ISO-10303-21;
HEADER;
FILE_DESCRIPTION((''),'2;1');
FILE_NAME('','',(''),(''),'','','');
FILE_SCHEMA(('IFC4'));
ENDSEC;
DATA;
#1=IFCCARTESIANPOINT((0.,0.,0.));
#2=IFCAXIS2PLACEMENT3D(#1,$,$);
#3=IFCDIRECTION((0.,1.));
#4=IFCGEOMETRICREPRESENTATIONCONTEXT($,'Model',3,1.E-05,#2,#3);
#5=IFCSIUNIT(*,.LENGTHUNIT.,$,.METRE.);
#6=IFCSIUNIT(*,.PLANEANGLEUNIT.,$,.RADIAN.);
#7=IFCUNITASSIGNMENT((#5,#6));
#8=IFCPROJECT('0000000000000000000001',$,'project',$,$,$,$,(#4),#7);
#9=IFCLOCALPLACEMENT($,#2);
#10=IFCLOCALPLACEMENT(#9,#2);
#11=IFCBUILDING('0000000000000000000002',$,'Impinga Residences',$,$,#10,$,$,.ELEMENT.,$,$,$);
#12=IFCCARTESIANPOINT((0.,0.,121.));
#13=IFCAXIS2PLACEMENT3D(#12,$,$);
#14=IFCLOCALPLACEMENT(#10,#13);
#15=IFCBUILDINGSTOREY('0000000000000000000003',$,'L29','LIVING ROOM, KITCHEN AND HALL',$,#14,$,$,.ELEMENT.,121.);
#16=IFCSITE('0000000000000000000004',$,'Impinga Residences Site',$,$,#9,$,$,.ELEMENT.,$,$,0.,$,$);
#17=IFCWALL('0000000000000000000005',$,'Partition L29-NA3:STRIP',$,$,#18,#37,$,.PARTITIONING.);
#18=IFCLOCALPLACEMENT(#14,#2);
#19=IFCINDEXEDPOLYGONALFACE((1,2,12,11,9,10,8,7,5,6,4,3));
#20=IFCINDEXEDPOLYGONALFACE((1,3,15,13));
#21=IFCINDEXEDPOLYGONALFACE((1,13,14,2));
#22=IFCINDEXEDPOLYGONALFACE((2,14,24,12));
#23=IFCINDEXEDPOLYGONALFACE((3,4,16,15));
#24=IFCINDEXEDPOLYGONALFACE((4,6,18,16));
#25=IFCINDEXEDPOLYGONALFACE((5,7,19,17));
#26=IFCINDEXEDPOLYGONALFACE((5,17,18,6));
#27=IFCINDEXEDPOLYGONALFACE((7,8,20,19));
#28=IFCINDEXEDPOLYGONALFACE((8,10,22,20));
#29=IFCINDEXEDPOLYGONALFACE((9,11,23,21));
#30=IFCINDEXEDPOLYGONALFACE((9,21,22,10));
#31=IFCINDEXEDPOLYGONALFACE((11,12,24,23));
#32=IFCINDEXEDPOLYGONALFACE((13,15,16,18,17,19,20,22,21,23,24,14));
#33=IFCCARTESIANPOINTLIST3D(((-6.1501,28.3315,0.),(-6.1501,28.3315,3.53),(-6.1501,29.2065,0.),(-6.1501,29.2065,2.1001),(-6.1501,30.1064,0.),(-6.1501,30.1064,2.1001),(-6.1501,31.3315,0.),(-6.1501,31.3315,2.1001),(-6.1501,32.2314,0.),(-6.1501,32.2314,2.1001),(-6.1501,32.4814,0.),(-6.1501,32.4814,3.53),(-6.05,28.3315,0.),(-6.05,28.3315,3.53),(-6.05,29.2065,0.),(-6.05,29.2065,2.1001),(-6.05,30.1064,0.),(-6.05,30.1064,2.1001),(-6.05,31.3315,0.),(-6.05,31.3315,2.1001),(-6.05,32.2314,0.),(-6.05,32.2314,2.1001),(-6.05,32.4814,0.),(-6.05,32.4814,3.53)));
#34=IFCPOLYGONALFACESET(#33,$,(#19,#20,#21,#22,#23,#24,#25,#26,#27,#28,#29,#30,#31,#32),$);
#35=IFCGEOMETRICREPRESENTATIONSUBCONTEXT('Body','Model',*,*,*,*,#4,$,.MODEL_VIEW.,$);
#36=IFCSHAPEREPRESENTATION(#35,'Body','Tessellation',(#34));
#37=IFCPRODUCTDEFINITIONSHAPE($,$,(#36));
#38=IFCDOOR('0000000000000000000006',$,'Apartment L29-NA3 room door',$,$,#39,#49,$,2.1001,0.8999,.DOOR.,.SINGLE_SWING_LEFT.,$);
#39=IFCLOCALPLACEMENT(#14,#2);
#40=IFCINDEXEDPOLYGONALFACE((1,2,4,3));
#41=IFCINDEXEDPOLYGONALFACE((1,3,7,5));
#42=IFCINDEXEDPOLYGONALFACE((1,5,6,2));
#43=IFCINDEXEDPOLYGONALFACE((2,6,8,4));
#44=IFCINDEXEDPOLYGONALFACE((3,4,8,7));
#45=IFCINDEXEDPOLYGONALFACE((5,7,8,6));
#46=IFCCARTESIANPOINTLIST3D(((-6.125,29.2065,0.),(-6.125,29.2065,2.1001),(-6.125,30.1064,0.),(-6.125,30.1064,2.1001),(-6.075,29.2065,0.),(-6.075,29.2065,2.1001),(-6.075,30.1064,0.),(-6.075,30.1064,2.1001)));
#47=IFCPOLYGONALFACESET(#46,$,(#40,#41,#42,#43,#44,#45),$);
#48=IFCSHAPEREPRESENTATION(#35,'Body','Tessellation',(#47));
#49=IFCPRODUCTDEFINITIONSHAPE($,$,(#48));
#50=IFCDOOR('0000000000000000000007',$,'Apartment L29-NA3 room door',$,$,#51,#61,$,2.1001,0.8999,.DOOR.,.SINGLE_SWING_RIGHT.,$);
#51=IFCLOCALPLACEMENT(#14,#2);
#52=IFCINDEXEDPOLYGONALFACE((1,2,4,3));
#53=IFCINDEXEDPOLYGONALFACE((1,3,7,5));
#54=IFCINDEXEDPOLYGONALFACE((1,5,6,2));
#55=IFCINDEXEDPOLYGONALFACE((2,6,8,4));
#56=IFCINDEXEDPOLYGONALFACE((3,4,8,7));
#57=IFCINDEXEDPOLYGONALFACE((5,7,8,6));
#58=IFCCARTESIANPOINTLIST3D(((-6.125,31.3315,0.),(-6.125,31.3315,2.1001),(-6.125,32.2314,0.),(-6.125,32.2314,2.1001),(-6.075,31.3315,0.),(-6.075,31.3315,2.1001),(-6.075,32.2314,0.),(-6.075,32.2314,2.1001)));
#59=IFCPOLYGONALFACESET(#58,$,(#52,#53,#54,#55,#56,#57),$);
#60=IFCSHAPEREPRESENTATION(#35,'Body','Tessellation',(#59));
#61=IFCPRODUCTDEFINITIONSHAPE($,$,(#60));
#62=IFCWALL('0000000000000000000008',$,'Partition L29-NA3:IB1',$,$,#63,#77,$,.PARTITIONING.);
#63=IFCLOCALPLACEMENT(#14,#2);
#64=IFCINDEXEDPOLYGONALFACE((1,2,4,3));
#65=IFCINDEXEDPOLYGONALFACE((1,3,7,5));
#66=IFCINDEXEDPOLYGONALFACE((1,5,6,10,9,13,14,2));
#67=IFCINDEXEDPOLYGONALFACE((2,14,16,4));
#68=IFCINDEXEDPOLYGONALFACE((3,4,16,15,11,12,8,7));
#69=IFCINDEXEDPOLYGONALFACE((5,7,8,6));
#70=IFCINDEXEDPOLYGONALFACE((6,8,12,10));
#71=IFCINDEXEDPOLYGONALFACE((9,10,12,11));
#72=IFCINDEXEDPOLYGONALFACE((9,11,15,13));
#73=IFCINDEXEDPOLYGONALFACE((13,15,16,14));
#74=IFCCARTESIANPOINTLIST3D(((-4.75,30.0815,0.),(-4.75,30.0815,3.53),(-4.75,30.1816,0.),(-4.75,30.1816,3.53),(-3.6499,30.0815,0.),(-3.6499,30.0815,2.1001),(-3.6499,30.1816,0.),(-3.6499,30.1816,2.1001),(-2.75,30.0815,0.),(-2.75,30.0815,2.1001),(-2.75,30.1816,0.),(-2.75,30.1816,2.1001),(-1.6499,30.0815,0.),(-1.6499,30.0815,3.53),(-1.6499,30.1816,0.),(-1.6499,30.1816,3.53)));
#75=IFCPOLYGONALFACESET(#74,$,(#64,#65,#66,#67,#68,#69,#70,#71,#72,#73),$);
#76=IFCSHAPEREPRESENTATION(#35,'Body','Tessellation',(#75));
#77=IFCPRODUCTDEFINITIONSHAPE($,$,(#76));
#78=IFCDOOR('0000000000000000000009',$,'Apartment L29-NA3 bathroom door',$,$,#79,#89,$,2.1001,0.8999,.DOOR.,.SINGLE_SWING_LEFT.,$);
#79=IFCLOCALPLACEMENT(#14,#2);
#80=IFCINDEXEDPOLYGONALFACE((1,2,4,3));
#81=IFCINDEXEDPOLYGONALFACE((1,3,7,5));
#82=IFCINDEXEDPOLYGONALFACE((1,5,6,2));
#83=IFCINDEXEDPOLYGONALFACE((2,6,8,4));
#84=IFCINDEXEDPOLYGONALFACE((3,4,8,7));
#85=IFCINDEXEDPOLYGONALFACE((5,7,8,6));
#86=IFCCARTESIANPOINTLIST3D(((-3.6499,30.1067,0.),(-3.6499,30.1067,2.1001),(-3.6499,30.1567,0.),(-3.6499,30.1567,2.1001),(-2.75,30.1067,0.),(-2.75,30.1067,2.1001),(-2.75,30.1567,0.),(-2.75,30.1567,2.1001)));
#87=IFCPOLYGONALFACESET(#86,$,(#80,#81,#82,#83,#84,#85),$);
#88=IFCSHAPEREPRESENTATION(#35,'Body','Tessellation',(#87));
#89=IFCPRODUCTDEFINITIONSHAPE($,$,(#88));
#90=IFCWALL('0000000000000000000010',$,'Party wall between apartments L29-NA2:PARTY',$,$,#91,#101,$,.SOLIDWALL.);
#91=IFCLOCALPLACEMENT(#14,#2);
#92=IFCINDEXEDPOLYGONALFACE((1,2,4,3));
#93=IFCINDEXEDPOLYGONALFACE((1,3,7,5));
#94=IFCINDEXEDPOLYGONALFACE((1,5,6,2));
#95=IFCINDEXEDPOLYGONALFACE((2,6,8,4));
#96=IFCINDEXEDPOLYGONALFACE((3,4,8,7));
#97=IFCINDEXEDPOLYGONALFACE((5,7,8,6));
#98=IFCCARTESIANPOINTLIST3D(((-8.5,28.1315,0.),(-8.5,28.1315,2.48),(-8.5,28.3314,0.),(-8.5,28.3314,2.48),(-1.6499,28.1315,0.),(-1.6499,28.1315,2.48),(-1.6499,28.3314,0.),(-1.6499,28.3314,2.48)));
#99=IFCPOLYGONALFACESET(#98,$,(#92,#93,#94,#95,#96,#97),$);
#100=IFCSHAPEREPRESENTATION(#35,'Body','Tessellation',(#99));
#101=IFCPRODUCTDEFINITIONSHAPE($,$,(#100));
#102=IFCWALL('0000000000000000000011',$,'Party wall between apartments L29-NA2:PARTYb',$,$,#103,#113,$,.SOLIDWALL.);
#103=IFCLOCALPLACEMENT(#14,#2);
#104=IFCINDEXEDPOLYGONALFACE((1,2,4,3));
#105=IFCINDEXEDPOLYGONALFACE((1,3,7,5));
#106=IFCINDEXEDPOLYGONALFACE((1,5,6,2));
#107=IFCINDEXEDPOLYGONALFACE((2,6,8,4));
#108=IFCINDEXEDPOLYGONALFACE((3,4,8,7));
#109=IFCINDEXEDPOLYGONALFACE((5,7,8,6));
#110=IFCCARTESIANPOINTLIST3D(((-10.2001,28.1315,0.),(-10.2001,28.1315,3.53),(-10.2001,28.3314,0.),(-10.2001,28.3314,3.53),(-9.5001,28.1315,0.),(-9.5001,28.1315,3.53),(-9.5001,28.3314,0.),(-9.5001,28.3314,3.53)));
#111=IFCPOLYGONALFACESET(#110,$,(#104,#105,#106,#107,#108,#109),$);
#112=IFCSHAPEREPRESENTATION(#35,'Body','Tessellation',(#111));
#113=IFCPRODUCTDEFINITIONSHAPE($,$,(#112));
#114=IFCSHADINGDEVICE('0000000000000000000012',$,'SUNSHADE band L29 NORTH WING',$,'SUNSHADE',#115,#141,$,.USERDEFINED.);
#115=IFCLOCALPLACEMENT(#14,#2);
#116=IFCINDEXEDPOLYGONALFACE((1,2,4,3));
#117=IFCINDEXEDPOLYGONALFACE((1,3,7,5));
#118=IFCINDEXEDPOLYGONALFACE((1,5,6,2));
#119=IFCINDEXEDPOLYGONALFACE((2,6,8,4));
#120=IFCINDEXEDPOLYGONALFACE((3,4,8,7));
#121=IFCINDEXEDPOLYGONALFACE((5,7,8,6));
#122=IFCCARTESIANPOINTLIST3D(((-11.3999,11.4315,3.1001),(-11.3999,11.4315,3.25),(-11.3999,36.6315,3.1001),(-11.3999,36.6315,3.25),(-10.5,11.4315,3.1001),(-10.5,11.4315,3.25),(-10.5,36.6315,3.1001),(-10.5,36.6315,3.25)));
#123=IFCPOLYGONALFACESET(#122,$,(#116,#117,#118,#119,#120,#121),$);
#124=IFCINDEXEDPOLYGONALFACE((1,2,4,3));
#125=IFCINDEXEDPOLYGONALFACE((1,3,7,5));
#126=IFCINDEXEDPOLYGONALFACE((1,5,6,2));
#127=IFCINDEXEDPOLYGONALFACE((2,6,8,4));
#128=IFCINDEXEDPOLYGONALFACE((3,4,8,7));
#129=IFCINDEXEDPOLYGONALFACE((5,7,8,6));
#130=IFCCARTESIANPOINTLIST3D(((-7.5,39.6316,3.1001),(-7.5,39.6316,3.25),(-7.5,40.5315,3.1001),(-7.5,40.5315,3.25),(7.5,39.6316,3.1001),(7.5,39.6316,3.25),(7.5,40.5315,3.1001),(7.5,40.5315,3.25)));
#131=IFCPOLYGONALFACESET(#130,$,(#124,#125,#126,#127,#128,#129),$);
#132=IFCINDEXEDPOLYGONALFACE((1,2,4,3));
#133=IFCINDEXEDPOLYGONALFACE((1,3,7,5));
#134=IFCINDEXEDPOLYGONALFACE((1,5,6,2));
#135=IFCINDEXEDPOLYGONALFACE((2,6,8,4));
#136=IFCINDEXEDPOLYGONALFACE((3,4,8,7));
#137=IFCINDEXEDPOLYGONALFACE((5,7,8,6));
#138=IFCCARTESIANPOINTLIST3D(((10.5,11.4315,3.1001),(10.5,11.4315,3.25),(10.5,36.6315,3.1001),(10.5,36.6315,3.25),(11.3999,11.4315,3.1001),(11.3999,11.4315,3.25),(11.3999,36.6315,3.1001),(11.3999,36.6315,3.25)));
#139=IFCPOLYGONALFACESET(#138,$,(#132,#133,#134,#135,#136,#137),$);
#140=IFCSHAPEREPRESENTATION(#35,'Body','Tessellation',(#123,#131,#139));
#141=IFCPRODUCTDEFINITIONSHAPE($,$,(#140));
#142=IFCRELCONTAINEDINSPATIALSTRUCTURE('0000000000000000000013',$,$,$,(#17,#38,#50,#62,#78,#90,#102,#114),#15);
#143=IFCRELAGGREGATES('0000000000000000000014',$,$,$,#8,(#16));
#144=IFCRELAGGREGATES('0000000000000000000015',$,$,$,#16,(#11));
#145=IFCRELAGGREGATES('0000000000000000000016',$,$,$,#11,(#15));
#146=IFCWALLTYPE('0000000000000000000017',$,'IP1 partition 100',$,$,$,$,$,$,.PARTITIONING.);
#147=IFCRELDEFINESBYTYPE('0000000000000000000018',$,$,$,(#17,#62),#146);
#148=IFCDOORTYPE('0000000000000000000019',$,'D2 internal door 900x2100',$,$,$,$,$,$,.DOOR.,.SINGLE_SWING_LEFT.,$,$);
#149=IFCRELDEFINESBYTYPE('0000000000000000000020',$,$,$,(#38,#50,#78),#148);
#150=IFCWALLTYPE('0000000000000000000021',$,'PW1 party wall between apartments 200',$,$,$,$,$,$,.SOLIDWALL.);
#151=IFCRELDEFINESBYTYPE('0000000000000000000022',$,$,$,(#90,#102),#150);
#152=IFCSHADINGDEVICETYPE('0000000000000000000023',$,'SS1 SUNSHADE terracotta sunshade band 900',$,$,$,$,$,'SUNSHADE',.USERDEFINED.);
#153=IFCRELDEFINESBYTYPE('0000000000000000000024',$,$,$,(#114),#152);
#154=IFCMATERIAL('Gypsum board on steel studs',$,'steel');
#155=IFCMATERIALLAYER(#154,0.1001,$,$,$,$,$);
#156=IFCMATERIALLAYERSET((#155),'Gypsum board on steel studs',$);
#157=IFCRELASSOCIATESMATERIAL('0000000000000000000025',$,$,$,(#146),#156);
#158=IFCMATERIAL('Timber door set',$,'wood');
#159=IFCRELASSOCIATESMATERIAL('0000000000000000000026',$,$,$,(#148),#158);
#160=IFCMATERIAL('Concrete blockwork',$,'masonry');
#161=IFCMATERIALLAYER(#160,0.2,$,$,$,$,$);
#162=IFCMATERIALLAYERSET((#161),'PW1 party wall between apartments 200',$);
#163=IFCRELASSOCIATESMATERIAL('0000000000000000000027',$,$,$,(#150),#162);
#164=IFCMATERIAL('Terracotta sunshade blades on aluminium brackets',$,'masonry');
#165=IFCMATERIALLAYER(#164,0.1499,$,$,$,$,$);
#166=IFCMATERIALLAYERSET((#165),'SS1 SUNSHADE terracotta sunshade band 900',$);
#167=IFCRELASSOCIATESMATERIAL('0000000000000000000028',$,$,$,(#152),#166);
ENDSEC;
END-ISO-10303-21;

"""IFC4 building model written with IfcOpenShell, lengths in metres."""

from ifc_helpers import new_model, si_unit, direction, frame, frame_2d, origin, origin_2d, place, context, subcontext, project, spatial, rectangle, extrude, material, layer, layer_set, type_object, element, fill, save


model = new_model("IFC4")

# Units and contexts
model_context = context("Model", 3, precision=1e-05, world=origin(), true_north=direction((0.0, 1.0)))
body_context = subcontext(model_context, "Body", "Model", "MODEL_VIEW")
ifc_project = project(units=[si_unit("LENGTHUNIT", "METRE"), si_unit("PLANEANGLEUNIT", "RADIAN")], contexts=[model_context])

# Site, building, storey
site_placement = place(None, origin())
site = spatial("IfcSite", under=ifc_project, at=site_placement, Name="Impinga Residences Site", CompositionType="ELEMENT", RefElevation=0.0)
building_placement = place(site_placement, origin())
building = spatial("IfcBuilding", under=site, at=building_placement, Name="Impinga Residences", CompositionType="ELEMENT")
storey_placement = place(building_placement, frame((0.0, 0.0, 121.0)))
storey = spatial("IfcBuildingStorey", under=building, at=storey_placement, Name="L29", Description="LIVING ROOM, KITCHEN AND HALL", CompositionType="ELEMENT", Elevation=121.0)

# Shared definitions
ifc_material_1 = material(Name="Concrete blockwork", Category="masonry")
ifc_material_2 = material(Name="Timber door set", Category="wood")

# Shared definitions
ifc_material_3 = material(Name="Gypsum board on steel studs", Category="steel")
ifc_layer_1 = layer(ifc_material_3, 0.1001)
ifc_layer_set_1 = layer_set([ifc_layer_1], Name="Gypsum board on steel studs")
wall_type_1 = type_object("IfcWallType", Name="IP1 partition 100", PredefinedType="PARTITIONING", material=ifc_layer_set_1)

# Shared definitions
door_type_1 = type_object("IfcDoorType", Name="D2 internal door 900x2100", OperationType="SINGLE_SWING_LEFT", PredefinedType="DOOR", material=ifc_material_2)

# Wall, openings, doors
wall_1_placement = place(storey_placement, frame((-6.1001, 28.3315, 0.0), z_axis=(0.0, 0.0, 1.0), x_axis=(0.0, 1.0, 0.0)))
wall_1 = element("IfcWall", 1, at=wall_1_placement, inside=storey, type_object=wall_type_1, Name="Partition L29-NA3:STRIP", PredefinedType="PARTITIONING", context=body_context, shape_type="SweptSolid", body=[
    extrude(rectangle(XDim=4.1499, YDim=0.1001, at=frame_2d((2.075, 0.0))), origin(), (0.0, 0.0, 1.0), 3.53),
])
opening_1_placement = place(wall_1_placement, frame((0.875, 0.0, 0.0)))
opening_1 = element("IfcOpeningElement", 2, at=opening_1_placement, cuts=wall_1, PredefinedType="OPENING", context=body_context, shape_type="SweptSolid", body=[
    extrude(rectangle(XDim=0.8999, YDim=2.1001, at=frame_2d((0.45, 1.05))), frame((0.0, 0.0601, 0.0), z_axis=(0.0, -1.0, 0.0), x_axis=(1.0, 0.0, 0.0)), (0.0, 0.0, 1.0), 0.1201),
])
opening_2_placement = place(wall_1_placement, frame((3.0, 0.0, 0.0)))
opening_2 = element("IfcOpeningElement", 3, at=opening_2_placement, cuts=wall_1, PredefinedType="OPENING", context=body_context, shape_type="SweptSolid", body=[
    extrude(rectangle(XDim=0.8999, YDim=2.1001, at=frame_2d((0.45, 1.05))), frame((0.0, 0.0601, 0.0), z_axis=(0.0, -1.0, 0.0), x_axis=(1.0, 0.0, 0.0)), (0.0, 0.0, 1.0), 0.1201),
])
door_1_placement = place(opening_1_placement, origin())
door_1 = element("IfcDoor", 4, at=door_1_placement, inside=storey, type_object=door_type_1, Name="Apartment L29-NA3 room door", OperationType="SINGLE_SWING_LEFT", OverallHeight=2.1001, OverallWidth=0.8999, PredefinedType="DOOR", context=body_context, shape_type="SweptSolid", body=[
    extrude(rectangle(XDim=0.8999, YDim=2.1001, at=frame_2d((0.45, 1.05))), frame((0.0, 0.0249, 0.0), z_axis=(0.0, -1.0, 0.0), x_axis=(1.0, 0.0, 0.0)), (0.0, 0.0, 1.0), 0.05),
])
fill(opening_1, door_1)
door_2_placement = place(opening_2_placement, origin())
door_2 = element("IfcDoor", 5, at=door_2_placement, inside=storey, type_object=door_type_1, Name="Apartment L29-NA3 room door", OperationType="SINGLE_SWING_RIGHT", OverallHeight=2.1001, OverallWidth=0.8999, PredefinedType="DOOR", context=body_context, shape_type="SweptSolid", body=[
    extrude(rectangle(XDim=0.8999, YDim=2.1001, at=frame_2d((0.45, 1.05))), frame((0.0, 0.0249, 0.0), z_axis=(0.0, -1.0, 0.0), x_axis=(1.0, 0.0, 0.0)), (0.0, 0.0, 1.0), 0.05),
])
fill(opening_2, door_2)

# Wall, opening, door
wall_2_placement = place(storey_placement, frame((-1.6499, 30.1316, 0.0), z_axis=(0.0, 0.0, 1.0), x_axis=(-1.0, 0.0, 0.0)))
wall_2 = element("IfcWall", 6, at=wall_2_placement, inside=storey, type_object=wall_type_1, Name="Partition L29-NA3:IB1", PredefinedType="PARTITIONING", context=body_context, shape_type="SweptSolid", body=[
    extrude(rectangle(XDim=3.1001, YDim=0.1001, at=frame_2d((1.55, 0.0))), origin(), (0.0, 0.0, 1.0), 3.53),
])
opening_3_placement = place(wall_2_placement, frame((1.1001, 0.0, 0.0)))
opening_3 = element("IfcOpeningElement", 7, at=opening_3_placement, cuts=wall_2, PredefinedType="OPENING", context=body_context, shape_type="SweptSolid", body=[
    extrude(rectangle(XDim=0.8999, YDim=2.1001, at=frame_2d((0.45, 1.05))), frame((0.0, 0.0601, 0.0), z_axis=(0.0, -1.0, 0.0), x_axis=(1.0, 0.0, 0.0)), (0.0, 0.0, 1.0), 0.1201),
])
door_3_placement = place(opening_3_placement, origin())
door_3 = element("IfcDoor", 8, at=door_3_placement, inside=storey, type_object=door_type_1, Name="Apartment L29-NA3 bathroom door", OperationType="SINGLE_SWING_LEFT", OverallHeight=2.1001, OverallWidth=0.8999, PredefinedType="DOOR", context=body_context, shape_type="SweptSolid", body=[
    extrude(rectangle(XDim=0.8999, YDim=2.1001, at=frame_2d((0.45, 1.05))), frame((0.0, 0.0249, 0.0), z_axis=(0.0, -1.0, 0.0), x_axis=(1.0, 0.0, 0.0)), (0.0, 0.0, 1.0), 0.05),
])
fill(opening_3, door_3)

# Walls
ifc_layer_2 = layer(ifc_material_1, 0.2)
ifc_layer_set_2 = layer_set([ifc_layer_2], Name="PW1 party wall between apartments 200")
wall_type_2 = type_object("IfcWallType", Name="PW1 party wall between apartments 200", PredefinedType="SOLIDWALL", material=ifc_layer_set_2)
wall_3_placement = place(storey_placement, frame((-1.6499, 28.2314, 0.0), z_axis=(0.0, 0.0, 1.0), x_axis=(-1.0, 0.0, 0.0)))
element("IfcWall", 9, at=wall_3_placement, inside=storey, type_object=wall_type_2, Name="Party wall between apartments L29-NA2:PARTY", PredefinedType="SOLIDWALL", context=body_context, shape_type="SweptSolid", body=[
    extrude(rectangle(XDim=6.8501, YDim=0.2, at=frame_2d((3.425, 0.0))), origin(), (0.0, 0.0, 1.0), 2.48),
])
wall_4_placement = place(storey_placement, frame((-9.5, 28.2314, 0.0), z_axis=(0.0, 0.0, 1.0), x_axis=(-1.0, 0.0, 0.0)))
element("IfcWall", 10, at=wall_4_placement, inside=storey, type_object=wall_type_2, Name="Party wall between apartments L29-NA2:PARTYb", PredefinedType="SOLIDWALL", context=body_context, shape_type="SweptSolid", body=[
    extrude(rectangle(XDim=0.7, YDim=0.2, at=frame_2d((0.3501, 0.0))), origin(), (0.0, 0.0, 1.0), 3.53),
])

# Shading device
ifc_material_4 = material(Name="Terracotta sunshade blades on aluminium brackets", Category="masonry")
ifc_layer_3 = layer(ifc_material_4, 0.1499)
ifc_layer_set_3 = layer_set([ifc_layer_3], Name="SS1 SUNSHADE terracotta sunshade band 900")
shading_device_type = type_object("IfcShadingDeviceType", Name="SS1 SUNSHADE terracotta sunshade band 900", ElementType="SUNSHADE", PredefinedType="USERDEFINED", material=ifc_layer_set_3)
shading_device_placement = place(storey_placement, frame((-10.95, 24.0315, 3.1001), z_axis=(0.0, 0.0, 1.0), x_axis=(0.0, 1.0, 0.0)))
element("IfcShadingDevice", 11, at=shading_device_placement, inside=storey, type_object=shading_device_type, Name="SUNSHADE band L29 NORTH WING", ObjectType="SUNSHADE", PredefinedType="USERDEFINED", context=body_context, shape_type="SweptSolid", body=[
    extrude(rectangle(XDim=25.2, YDim=0.8999, at=origin_2d()), origin(), (0.0, 0.0, 1.0), 0.1499),
    extrude(rectangle(XDim=15.0, YDim=0.8999, at=origin_2d()), frame((16.05, -10.95, 0.0), z_axis=(0.0, 0.0, 1.0), x_axis=(0.0, -1.0, 0.0)), (0.0, 0.0, 1.0), 0.1499),
    extrude(rectangle(XDim=25.2, YDim=0.8999, at=origin_2d()), frame((0.0, -21.8999, 0.0), z_axis=(0.0, 0.0, 1.0), x_axis=(-1.0, 0.0, 0.0)), (0.0, 0.0, 1.0), 0.1499),
])

save(model, "model.ifc")
